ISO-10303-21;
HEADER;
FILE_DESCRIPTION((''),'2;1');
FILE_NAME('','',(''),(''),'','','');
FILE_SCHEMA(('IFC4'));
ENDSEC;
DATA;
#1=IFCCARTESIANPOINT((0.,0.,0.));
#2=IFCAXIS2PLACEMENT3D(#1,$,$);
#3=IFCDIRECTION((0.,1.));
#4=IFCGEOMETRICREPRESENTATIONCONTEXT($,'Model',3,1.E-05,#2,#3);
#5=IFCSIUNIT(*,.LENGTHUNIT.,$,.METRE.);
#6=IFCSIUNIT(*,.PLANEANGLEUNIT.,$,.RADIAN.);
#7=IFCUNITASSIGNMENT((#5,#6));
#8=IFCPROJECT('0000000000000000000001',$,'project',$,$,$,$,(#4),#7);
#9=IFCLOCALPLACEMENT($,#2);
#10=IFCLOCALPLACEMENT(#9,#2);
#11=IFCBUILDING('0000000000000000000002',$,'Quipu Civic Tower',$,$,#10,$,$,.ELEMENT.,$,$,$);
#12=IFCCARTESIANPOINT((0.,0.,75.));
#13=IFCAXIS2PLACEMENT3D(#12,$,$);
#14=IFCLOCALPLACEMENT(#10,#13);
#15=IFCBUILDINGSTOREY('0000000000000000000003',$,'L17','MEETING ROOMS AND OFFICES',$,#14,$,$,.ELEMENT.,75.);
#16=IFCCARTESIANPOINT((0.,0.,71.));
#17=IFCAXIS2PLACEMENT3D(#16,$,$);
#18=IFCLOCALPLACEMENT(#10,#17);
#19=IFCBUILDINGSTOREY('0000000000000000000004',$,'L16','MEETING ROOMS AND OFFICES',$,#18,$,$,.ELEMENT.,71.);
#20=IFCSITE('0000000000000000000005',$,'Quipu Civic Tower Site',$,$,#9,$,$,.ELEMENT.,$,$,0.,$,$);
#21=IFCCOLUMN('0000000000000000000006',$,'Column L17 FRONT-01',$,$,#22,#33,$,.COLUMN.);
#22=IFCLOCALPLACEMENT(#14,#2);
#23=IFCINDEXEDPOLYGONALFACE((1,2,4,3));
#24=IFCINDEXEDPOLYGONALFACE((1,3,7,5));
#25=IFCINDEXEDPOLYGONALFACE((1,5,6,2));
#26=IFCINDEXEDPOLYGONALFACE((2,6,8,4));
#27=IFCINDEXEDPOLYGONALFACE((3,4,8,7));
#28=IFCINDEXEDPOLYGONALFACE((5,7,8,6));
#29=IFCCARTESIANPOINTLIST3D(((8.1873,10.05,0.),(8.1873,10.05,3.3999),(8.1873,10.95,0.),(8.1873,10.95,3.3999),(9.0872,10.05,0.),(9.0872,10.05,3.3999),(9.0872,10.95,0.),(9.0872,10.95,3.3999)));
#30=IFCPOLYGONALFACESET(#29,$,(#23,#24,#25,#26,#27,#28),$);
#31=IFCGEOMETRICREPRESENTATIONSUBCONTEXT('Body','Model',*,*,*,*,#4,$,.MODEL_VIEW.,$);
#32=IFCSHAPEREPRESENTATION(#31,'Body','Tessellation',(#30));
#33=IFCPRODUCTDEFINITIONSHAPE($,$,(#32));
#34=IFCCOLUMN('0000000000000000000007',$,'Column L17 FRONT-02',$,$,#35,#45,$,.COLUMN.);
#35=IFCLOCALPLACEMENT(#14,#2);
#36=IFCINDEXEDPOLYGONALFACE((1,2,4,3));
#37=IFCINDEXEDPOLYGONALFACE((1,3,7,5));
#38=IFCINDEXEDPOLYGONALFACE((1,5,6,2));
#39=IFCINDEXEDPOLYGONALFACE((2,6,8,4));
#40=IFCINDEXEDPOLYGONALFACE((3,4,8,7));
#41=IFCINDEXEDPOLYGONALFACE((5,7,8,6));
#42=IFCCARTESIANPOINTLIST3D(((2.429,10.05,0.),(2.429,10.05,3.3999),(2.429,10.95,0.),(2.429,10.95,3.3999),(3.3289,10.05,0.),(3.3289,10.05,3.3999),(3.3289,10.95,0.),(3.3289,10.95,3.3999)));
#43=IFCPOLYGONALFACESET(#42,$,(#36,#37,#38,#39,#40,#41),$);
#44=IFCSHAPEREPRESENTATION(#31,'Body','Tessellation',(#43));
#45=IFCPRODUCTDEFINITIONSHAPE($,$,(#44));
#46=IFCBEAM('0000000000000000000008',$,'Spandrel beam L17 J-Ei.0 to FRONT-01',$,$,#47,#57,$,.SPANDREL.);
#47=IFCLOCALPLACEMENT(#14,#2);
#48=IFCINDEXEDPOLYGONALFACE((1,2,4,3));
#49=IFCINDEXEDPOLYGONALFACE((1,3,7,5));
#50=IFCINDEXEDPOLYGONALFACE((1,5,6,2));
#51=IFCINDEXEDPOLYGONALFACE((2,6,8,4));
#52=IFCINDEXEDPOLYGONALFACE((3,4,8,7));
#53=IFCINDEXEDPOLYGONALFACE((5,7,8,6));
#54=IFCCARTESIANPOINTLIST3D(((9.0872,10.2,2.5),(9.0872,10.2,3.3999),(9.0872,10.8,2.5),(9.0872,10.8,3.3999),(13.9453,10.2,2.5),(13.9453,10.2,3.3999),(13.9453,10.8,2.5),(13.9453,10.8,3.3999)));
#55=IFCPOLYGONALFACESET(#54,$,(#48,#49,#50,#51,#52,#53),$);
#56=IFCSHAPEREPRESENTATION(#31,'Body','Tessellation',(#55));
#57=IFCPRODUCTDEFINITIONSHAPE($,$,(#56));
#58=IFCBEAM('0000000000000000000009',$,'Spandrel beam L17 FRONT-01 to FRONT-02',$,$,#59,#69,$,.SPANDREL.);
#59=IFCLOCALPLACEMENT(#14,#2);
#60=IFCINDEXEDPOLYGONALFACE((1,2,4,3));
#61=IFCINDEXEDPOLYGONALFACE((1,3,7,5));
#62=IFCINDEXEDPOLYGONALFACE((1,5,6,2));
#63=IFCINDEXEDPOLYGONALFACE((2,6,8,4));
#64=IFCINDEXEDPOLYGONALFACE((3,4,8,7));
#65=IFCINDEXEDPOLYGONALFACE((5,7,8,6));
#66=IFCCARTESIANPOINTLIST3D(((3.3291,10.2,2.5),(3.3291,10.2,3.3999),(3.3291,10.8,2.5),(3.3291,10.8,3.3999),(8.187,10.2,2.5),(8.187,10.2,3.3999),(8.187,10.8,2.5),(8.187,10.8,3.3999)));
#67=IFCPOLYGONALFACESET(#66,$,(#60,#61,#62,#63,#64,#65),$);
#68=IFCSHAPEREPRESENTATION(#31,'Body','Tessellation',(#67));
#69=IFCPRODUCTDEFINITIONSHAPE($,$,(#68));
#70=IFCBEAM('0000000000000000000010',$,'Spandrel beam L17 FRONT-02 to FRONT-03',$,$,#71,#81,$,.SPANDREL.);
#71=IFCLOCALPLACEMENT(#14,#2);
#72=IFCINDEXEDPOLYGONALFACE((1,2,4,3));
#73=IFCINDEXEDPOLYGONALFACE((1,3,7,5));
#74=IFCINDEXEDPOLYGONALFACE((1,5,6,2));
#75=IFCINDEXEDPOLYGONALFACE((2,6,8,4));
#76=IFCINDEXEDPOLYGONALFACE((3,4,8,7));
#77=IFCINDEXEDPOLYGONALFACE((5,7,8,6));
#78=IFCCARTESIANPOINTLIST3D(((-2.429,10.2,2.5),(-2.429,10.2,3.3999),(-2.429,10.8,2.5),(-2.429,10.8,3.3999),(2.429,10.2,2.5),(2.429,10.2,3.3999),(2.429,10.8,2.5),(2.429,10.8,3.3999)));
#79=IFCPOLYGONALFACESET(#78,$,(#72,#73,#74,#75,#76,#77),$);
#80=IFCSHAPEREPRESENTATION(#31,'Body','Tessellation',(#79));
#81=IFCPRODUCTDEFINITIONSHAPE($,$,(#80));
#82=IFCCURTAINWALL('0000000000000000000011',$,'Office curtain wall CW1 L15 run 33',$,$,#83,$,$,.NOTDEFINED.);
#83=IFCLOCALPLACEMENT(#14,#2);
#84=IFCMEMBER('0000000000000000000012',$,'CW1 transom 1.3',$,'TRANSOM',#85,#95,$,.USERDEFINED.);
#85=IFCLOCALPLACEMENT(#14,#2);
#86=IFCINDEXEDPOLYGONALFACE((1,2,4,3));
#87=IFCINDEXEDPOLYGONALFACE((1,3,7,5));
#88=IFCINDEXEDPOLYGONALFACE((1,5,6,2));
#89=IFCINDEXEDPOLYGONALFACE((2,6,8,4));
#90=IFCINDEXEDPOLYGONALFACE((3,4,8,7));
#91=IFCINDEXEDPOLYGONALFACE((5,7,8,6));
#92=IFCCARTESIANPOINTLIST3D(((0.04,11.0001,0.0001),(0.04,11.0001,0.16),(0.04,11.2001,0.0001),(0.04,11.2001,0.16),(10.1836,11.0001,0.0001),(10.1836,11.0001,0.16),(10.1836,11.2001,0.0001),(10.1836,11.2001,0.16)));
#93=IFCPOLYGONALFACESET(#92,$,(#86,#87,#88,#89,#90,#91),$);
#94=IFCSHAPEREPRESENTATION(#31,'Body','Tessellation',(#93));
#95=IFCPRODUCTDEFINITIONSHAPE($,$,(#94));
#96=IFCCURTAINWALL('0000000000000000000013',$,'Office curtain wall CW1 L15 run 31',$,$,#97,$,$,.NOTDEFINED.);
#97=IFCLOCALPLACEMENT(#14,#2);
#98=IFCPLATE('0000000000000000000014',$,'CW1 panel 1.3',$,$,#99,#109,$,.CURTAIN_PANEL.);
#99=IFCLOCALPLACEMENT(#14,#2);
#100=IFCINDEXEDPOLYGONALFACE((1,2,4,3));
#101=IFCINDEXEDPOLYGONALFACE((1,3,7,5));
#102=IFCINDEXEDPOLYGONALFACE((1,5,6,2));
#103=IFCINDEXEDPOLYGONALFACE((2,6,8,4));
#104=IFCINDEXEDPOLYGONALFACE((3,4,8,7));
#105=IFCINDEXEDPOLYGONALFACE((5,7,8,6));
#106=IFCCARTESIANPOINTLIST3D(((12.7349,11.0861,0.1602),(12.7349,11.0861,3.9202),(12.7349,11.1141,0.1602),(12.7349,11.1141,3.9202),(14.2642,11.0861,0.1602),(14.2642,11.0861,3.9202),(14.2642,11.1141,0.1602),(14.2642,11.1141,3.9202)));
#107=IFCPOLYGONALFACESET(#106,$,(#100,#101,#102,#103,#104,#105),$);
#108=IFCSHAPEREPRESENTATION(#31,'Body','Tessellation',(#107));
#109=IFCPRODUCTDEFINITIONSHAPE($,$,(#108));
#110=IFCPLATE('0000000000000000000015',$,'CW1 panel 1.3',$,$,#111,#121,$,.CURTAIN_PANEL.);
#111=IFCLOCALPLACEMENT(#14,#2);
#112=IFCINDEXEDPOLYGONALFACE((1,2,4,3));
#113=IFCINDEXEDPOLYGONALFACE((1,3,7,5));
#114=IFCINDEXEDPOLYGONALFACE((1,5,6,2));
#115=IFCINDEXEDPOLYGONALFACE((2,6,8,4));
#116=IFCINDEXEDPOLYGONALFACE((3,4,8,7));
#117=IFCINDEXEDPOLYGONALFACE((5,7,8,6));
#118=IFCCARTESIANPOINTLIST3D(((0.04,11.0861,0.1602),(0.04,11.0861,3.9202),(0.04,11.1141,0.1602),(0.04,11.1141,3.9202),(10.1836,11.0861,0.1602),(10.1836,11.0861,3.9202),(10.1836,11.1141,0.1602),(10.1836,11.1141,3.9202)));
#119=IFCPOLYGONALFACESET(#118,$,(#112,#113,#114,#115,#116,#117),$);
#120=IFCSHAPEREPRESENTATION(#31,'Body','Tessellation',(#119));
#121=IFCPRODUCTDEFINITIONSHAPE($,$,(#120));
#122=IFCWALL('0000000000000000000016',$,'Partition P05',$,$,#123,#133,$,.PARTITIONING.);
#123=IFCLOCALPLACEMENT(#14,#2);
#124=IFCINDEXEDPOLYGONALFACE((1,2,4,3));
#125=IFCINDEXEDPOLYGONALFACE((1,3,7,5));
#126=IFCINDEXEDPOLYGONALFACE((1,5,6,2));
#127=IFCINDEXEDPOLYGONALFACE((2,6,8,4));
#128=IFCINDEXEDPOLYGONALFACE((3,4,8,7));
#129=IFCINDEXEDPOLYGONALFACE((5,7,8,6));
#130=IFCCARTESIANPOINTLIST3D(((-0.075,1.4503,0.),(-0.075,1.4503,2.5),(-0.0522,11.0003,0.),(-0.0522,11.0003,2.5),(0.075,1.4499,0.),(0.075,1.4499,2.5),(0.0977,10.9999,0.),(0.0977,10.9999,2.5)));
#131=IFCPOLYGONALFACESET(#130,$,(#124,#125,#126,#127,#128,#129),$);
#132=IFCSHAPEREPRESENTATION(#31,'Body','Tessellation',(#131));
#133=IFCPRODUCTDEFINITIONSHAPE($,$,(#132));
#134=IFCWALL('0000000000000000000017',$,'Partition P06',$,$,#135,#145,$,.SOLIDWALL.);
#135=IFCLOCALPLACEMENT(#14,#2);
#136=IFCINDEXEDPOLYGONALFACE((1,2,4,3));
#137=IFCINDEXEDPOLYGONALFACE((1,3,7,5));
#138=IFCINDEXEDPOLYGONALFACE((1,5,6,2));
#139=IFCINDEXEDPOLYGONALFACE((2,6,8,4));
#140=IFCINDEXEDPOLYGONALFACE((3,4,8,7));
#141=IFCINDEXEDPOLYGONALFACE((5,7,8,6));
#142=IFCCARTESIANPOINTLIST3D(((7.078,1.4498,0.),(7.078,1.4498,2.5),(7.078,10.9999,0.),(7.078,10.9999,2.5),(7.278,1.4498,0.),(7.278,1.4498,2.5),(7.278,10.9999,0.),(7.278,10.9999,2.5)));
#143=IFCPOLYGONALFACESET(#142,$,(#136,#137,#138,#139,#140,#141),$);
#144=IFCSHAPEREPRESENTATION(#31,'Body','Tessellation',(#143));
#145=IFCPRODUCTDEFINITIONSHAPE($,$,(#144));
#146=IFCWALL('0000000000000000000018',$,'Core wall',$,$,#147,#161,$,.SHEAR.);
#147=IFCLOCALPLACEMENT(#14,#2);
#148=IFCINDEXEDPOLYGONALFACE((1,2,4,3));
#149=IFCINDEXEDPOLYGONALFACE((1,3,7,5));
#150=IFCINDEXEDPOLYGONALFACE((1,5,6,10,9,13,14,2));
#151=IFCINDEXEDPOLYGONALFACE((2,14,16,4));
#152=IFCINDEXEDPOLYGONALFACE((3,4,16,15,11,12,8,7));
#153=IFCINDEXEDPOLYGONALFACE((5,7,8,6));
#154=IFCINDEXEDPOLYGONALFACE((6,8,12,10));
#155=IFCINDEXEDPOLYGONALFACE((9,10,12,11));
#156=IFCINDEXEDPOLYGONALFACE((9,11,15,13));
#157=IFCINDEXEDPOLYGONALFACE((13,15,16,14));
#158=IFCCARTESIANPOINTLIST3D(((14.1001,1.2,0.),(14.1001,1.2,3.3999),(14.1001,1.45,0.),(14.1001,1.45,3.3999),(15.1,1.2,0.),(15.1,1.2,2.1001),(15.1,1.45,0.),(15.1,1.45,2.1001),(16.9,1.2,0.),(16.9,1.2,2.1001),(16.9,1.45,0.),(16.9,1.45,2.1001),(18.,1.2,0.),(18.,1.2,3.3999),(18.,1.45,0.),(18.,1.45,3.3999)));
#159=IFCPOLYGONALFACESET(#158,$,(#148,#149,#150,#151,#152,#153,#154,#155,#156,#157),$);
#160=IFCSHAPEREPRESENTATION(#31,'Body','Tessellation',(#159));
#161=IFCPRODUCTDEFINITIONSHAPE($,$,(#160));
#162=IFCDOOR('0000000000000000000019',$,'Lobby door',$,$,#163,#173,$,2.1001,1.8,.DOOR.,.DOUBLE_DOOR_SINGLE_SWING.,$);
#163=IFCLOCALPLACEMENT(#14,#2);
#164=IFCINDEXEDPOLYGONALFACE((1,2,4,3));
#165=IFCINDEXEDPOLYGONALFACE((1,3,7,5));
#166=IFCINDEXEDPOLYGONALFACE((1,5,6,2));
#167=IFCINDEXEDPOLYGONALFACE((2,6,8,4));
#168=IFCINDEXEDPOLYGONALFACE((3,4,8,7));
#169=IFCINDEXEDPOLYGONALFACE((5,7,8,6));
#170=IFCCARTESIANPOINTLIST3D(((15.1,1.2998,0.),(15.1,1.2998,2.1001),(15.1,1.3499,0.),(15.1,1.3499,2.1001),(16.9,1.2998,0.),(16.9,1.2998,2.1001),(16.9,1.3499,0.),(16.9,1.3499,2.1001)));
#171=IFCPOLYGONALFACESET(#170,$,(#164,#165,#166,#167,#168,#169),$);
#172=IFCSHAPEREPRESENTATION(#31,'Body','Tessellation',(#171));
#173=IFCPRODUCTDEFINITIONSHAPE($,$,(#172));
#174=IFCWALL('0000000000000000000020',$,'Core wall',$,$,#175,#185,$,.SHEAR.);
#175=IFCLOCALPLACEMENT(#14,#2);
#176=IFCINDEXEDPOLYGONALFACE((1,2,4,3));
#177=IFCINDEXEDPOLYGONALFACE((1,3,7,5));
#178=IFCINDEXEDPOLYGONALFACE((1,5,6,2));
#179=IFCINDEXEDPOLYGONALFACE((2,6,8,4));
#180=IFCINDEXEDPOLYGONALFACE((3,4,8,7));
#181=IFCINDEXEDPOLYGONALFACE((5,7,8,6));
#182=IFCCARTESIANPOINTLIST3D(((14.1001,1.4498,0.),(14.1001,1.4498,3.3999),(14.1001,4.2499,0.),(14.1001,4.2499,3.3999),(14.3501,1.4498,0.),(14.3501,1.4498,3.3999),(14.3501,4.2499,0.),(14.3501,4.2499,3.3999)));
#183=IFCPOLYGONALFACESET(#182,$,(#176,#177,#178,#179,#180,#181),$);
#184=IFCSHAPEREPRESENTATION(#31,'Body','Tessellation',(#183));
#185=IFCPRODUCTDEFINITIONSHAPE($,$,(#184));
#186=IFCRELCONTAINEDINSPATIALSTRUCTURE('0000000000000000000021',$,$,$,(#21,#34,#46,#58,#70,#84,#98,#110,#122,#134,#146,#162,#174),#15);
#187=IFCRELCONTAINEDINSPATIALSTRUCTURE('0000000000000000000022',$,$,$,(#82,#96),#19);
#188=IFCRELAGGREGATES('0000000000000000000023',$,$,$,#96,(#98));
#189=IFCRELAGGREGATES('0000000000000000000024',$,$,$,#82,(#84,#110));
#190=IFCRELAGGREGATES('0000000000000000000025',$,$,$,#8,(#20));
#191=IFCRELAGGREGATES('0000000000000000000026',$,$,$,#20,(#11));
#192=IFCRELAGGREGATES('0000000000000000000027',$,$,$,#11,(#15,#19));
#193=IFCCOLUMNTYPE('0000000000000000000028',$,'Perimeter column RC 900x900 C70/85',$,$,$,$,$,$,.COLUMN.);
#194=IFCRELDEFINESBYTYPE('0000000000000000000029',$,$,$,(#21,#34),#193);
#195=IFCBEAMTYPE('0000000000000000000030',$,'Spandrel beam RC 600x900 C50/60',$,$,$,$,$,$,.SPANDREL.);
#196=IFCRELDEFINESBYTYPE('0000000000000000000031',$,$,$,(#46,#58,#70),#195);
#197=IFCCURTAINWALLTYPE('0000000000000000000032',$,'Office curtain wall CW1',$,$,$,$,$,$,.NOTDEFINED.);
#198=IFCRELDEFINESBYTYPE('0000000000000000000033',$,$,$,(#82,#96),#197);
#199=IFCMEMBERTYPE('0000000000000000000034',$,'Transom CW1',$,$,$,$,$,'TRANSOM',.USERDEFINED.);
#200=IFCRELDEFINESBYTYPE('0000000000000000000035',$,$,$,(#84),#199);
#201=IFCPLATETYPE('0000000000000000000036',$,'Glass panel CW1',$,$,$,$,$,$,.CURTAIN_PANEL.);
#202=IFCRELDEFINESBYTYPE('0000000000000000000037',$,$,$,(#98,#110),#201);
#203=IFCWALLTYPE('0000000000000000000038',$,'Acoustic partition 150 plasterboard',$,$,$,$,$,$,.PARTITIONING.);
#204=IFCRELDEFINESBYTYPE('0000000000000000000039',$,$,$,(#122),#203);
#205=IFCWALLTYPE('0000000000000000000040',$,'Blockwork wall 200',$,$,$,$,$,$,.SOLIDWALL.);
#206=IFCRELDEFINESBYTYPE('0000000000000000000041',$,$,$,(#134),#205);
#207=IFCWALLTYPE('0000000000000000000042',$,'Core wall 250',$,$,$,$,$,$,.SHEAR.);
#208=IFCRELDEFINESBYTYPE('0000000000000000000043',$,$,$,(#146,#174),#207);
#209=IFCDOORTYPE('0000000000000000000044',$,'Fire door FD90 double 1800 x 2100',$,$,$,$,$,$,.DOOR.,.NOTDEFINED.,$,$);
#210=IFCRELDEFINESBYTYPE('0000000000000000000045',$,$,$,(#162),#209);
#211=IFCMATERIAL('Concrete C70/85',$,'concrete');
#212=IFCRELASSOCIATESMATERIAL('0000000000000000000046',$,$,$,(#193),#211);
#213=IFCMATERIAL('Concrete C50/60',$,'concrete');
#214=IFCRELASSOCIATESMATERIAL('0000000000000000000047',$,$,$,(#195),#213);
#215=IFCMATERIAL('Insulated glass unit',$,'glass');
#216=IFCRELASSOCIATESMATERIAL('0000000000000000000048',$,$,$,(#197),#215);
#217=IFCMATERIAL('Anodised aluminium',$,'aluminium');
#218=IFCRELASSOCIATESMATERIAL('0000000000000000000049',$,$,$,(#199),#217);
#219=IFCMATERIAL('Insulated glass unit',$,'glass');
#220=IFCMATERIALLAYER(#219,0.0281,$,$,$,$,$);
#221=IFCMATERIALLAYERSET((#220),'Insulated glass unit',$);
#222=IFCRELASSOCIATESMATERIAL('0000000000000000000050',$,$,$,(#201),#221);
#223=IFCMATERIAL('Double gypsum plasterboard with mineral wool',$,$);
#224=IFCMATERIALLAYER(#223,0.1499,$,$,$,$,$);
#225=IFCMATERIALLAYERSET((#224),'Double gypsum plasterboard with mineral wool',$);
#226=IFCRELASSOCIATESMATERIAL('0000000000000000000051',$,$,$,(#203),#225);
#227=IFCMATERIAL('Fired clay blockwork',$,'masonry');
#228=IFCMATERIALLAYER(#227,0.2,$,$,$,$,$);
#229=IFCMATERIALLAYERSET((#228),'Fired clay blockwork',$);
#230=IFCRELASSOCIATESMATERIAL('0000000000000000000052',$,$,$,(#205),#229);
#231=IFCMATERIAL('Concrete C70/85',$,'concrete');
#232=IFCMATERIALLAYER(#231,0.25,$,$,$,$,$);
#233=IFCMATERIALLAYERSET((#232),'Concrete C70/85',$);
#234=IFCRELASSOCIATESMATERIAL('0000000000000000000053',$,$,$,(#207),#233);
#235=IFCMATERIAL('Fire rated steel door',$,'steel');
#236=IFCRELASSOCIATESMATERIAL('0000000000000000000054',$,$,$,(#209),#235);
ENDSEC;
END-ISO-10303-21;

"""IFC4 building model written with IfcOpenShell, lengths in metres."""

from ifc_helpers import new_model, si_unit, direction, frame, frame_2d, origin, origin_2d, place, context, subcontext, project, spatial, rectangle, extrude, material, layer, layer_set, material_profile, profile_set, type_object, element, fill, aggregate, save


model = new_model("IFC4")

# Units and contexts
model_context = context("Model", 3, precision=1e-05, world=origin(), true_north=direction((0.0, 1.0)))
body_context = subcontext(model_context, "Body", "Model", "MODEL_VIEW")
ifc_project = project(units=[si_unit("LENGTHUNIT", "METRE"), si_unit("PLANEANGLEUNIT", "RADIAN")], contexts=[model_context])

# Site, building, storey
site_placement = place(None, origin())
site = spatial("IfcSite", under=ifc_project, at=site_placement, Name="Quipu Civic Tower Site", CompositionType="ELEMENT", RefElevation=0.0)
building_placement = place(site_placement, origin())
building = spatial("IfcBuilding", under=site, at=building_placement, Name="Quipu Civic Tower", CompositionType="ELEMENT")
storey_1_placement = place(building_placement, frame((0.0, 0.0, 75.0)))
storey_1 = spatial("IfcBuildingStorey", under=building, at=storey_1_placement, Name="L17", Description="MEETING ROOMS AND OFFICES", CompositionType="ELEMENT", Elevation=75.0)

# Columns
ifc_material_1 = material(Name="Concrete C70/85", Category="concrete")
ifc_material_profile_1 = material_profile(ifc_material_1, rectangle(XDim=0.8999, YDim=0.8999, at=origin_2d()), Name="RC900x900")
ifc_profile_set_1 = profile_set([ifc_material_profile_1], Name="Concrete C70/85")
column_type = type_object("IfcColumnType", Name="Perimeter column RC 900x900 C70/85", PredefinedType="COLUMN", material=ifc_profile_set_1)
for number, where, z_axis, x_axis, name in (
    (1, (8.6372, 10.5, 0.0), (0.0, 0.0, 1.0), (-1.0, 0.0, 0.0), "Column L17 FRONT-01"),
    (2, (2.8789, 10.5, 0.0), (0.0, 0.0, 1.0), (-1.0, 0.0, 0.0), "Column L17 FRONT-02"),
):
    element("IfcColumn", number, at=place(storey_1_placement, frame(where, z_axis=z_axis, x_axis=x_axis)), inside=storey_1, type_object=column_type, Name=name, PredefinedType="COLUMN", context=body_context, shape_type="SweptSolid", body=[
        extrude(rectangle(XDim=0.8999, YDim=0.8999, at=origin_2d()), origin(), (0.0, 0.0, 1.0), 3.3999),
    ])

# Beams
ifc_material_2 = material(Name="Concrete C50/60", Category="concrete")
ifc_material_profile_2 = material_profile(ifc_material_2, rectangle(XDim=0.6001, YDim=0.8999, at=origin_2d()), Name="RC600x900")
ifc_profile_set_2 = profile_set([ifc_material_profile_2], Name="Concrete C50/60")
beam_type = type_object("IfcBeamType", Name="Spandrel beam RC 600x900 C50/60", PredefinedType="SPANDREL", material=ifc_profile_set_2)
beam_placement = place(storey_1_placement, frame((13.9453, 10.5, 2.95), z_axis=(-1.0, 0.0, 0.0), x_axis=(0.0, -1.0, 0.0)))
element("IfcBeam", 3, at=beam_placement, inside=storey_1, type_object=beam_type, Name="Spandrel beam L17 J-Ei.0 to FRONT-01", PredefinedType="SPANDREL", context=body_context, shape_type="SweptSolid", body=[
    extrude(rectangle(XDim=0.6001, YDim=0.8999, at=origin_2d()), origin(), (0.0, 0.0, 1.0), 4.8582),
])
for number, where, z_axis, x_axis, name in (
    (4, (8.187, 10.5, 2.95), (-1.0, 0.0, 0.0), (0.0, -1.0, 0.0), "Spandrel beam L17 FRONT-01 to FRONT-02"),
    (5, (2.429, 10.5, 2.95), (-1.0, 0.0, 0.0), (0.0, -1.0, 0.0), "Spandrel beam L17 FRONT-02 to FRONT-03"),
):
    element("IfcBeam", number, at=place(storey_1_placement, frame(where, z_axis=z_axis, x_axis=x_axis)), inside=storey_1, type_object=beam_type, Name=name, PredefinedType="SPANDREL", context=body_context, shape_type="SweptSolid", body=[
        extrude(rectangle(XDim=0.6001, YDim=0.8999, at=origin_2d()), origin(), (0.0, 0.0, 1.0), 4.8579),
    ])

# Shared definitions
storey_2_placement = place(building_placement, frame((0.0, 0.0, 71.0)))
storey_2 = spatial("IfcBuildingStorey", under=building, at=storey_2_placement, Name="L16", Description="MEETING ROOMS AND OFFICES", CompositionType="ELEMENT", Elevation=71.0)

# Curtain wall, member
ifc_material_3 = material(Name="Insulated glass unit", Category="glass")
curtain_wall_type = type_object("IfcCurtainWallType", Name="Office curtain wall CW1", PredefinedType="NOTDEFINED", material=ifc_material_3)
curtain_wall_1_placement = place(storey_2_placement, origin())
curtain_wall_1 = element("IfcCurtainWall", 6, at=curtain_wall_1_placement, inside=storey_2, type_object=curtain_wall_type, Name="Office curtain wall CW1 L15 run 33", PredefinedType="NOTDEFINED")
ifc_material_4 = material(Name="Anodised aluminium", Category="aluminium")
ifc_material_profile_3 = material_profile(ifc_material_4, rectangle(XDim=0.2, YDim=0.1599, at=origin_2d()), Name="RECT 200x160")
ifc_profile_set_3 = profile_set([ifc_material_profile_3], Name="Anodised aluminium")
member_type = type_object("IfcMemberType", Name="Transom CW1", ElementType="TRANSOM", PredefinedType="USERDEFINED", material=ifc_profile_set_3)
member_placement = place(storey_1_placement, frame((10.1836, 11.1001, 0.0801), z_axis=(-1.0, 0.0, 0.0), x_axis=(0.0, -1.0, 0.0)))
member = element("IfcMember", 7, at=member_placement, inside=storey_1, type_object=member_type, Name="CW1 transom 1.3", ObjectType="TRANSOM", PredefinedType="USERDEFINED", context=body_context, shape_type="SweptSolid", body=[
    extrude(rectangle(XDim=0.2, YDim=0.1599, at=origin_2d()), origin(), (0.0, 0.0, 1.0), 10.1436),
])

# Curtain wall, plate
curtain_wall_2_placement = place(storey_2_placement, origin())
curtain_wall_2 = element("IfcCurtainWall", 8, at=curtain_wall_2_placement, inside=storey_2, type_object=curtain_wall_type, Name="Office curtain wall CW1 L15 run 31", PredefinedType="NOTDEFINED")
ifc_material_5 = material(Name="Insulated glass unit", Category="glass")
ifc_layer_1 = layer(ifc_material_5, 0.0281)
ifc_layer_set_1 = layer_set([ifc_layer_1], Name="Insulated glass unit")
plate_type = type_object("IfcPlateType", Name="Glass panel CW1", PredefinedType="CURTAIN_PANEL", material=ifc_layer_set_1)
plate_1_placement = place(storey_1_placement, frame((13.4995, 11.1001, 0.1602), z_axis=(0.0, 0.0, 1.0), x_axis=(-1.0, 0.0, 0.0)))
plate_1 = element("IfcPlate", 9, at=plate_1_placement, inside=storey_1, type_object=plate_type, Name="CW1 panel 1.3", PredefinedType="CURTAIN_PANEL", context=body_context, shape_type="SweptSolid", body=[
    extrude(rectangle(XDim=1.5293, YDim=0.0281, at=origin_2d()), origin(), (0.0, 0.0, 1.0), 3.76),
])
aggregate(curtain_wall_2, [plate_1])

# Plate
plate_2_placement = place(storey_1_placement, frame((5.1118, 11.1001, 0.1602), z_axis=(0.0, 0.0, 1.0), x_axis=(-1.0, 0.0, 0.0)))
plate_2 = element("IfcPlate", 10, at=plate_2_placement, inside=storey_1, type_object=plate_type, Name="CW1 panel 1.3", PredefinedType="CURTAIN_PANEL", context=body_context, shape_type="SweptSolid", body=[
    extrude(rectangle(XDim=10.1436, YDim=0.0281, at=origin_2d()), origin(), (0.0, 0.0, 1.0), 3.76),
])
aggregate(curtain_wall_1, [member, plate_2])

# Walls
ifc_material_6 = material(Name="Double gypsum plasterboard with mineral wool")
ifc_layer_2 = layer(ifc_material_6, 0.1499)
ifc_layer_set_2 = layer_set([ifc_layer_2], Name="Double gypsum plasterboard with mineral wool")
wall_type_1 = type_object("IfcWallType", Name="Acoustic partition 150 plasterboard", PredefinedType="PARTITIONING", material=ifc_layer_set_2)
wall_1_placement = place(storey_1_placement, frame((0.0227, 11.0, 0.0), z_axis=(0.0, 0.0, 1.0), x_axis=(-0.002377, -0.999997, 0.0)))
element("IfcWall", 11, at=wall_1_placement, inside=storey_1, type_object=wall_type_1, Name="Partition P05", PredefinedType="PARTITIONING", context=body_context, shape_type="SweptSolid", body=[
    extrude(rectangle(XDim=9.55, YDim=0.1499, at=frame_2d((4.7749, 0.0))), origin(), (0.0, 0.0, 1.0), 2.5),
])
ifc_material_7 = material(Name="Fired clay blockwork", Category="masonry")
ifc_layer_3 = layer(ifc_material_7, 0.2)
ifc_layer_set_3 = layer_set([ifc_layer_3], Name="Fired clay blockwork")
wall_type_2 = type_object("IfcWallType", Name="Blockwork wall 200", PredefinedType="SOLIDWALL", material=ifc_layer_set_3)
wall_2_placement = place(storey_1_placement, frame((7.178, 1.45, 0.0), z_axis=(0.0, 0.0, 1.0), x_axis=(0.0, 1.0, 0.0)))
element("IfcWall", 12, at=wall_2_placement, inside=storey_1, type_object=wall_type_2, Name="Partition P06", PredefinedType="SOLIDWALL", context=body_context, shape_type="SweptSolid", body=[
    extrude(rectangle(XDim=9.55, YDim=0.2, at=frame_2d((4.7749, 0.0))), origin(), (0.0, 0.0, 1.0), 2.5),
])

# Wall, opening, door
ifc_material_8 = material(Name="Concrete C70/85", Category="concrete")
ifc_layer_4 = layer(ifc_material_8, 0.25)
ifc_layer_set_4 = layer_set([ifc_layer_4], Name="Concrete C70/85")
wall_type_3 = type_object("IfcWallType", Name="Core wall 250", PredefinedType="SHEAR", material=ifc_layer_set_4)
wall_3_placement = place(storey_1_placement, frame((14.1001, 1.325, 0.0), z_axis=(0.0, 0.0, 1.0), x_axis=(1.0, 0.0, 0.0)))
wall_3 = element("IfcWall", 13, at=wall_3_placement, inside=storey_1, type_object=wall_type_3, Name="Core wall", PredefinedType="SHEAR", context=body_context, shape_type="SweptSolid", body=[
    extrude(rectangle(XDim=3.8999, YDim=0.25, at=frame_2d((1.95, 0.0))), origin(), (0.0, 0.0, 1.0), 3.3999),
])
opening_1_placement = place(wall_3_placement, frame((1.0, 0.0, 0.0)))
opening_1 = element("IfcOpeningElement", 14, at=opening_1_placement, cuts=wall_3, PredefinedType="OPENING", context=body_context, shape_type="SweptSolid", body=[
    extrude(rectangle(XDim=1.8, YDim=2.1001, at=frame_2d((0.8999, 1.05))), frame((0.0, 0.135, 0.0), z_axis=(0.0, -1.0, 0.0), x_axis=(1.0, 0.0, 0.0)), (0.0, 0.0, 1.0), 0.27),
])
ifc_material_9 = material(Name="Fire rated steel door", Category="steel")
door_type = type_object("IfcDoorType", Name="Fire door FD90 double 1800 x 2100", OperationType="NOTDEFINED", PredefinedType="DOOR", material=ifc_material_9)
door_1_placement = place(opening_1_placement, origin())
door_1 = element("IfcDoor", 15, at=door_1_placement, inside=storey_1, type_object=door_type, Name="Lobby door", OperationType="DOUBLE_DOOR_SINGLE_SWING", OverallHeight=2.1001, OverallWidth=1.8, PredefinedType="DOOR", context=body_context, shape_type="SweptSolid", body=[
    extrude(rectangle(XDim=1.8, YDim=2.1001, at=frame_2d((0.8999, 1.05))), frame((0.0, 0.0249, 0.0), z_axis=(0.0, -1.0, 0.0), x_axis=(1.0, 0.0, 0.0)), (0.0, 0.0, 1.0), 0.05),
])
fill(opening_1, door_1)

# Wall
wall_4_placement = place(storey_1_placement, frame((14.2251, 1.45, 0.0), z_axis=(0.0, 0.0, 1.0), x_axis=(0.0, 1.0, 0.0)))
element("IfcWall", 16, at=wall_4_placement, inside=storey_1, type_object=wall_type_3, Name="Core wall", PredefinedType="SHEAR", context=body_context, shape_type="SweptSolid", body=[
    extrude(rectangle(XDim=2.8, YDim=0.25, at=frame_2d((1.3999, 0.0))), origin(), (0.0, 0.0, 1.0), 3.3999),
])

save(model, "model.ifc")
